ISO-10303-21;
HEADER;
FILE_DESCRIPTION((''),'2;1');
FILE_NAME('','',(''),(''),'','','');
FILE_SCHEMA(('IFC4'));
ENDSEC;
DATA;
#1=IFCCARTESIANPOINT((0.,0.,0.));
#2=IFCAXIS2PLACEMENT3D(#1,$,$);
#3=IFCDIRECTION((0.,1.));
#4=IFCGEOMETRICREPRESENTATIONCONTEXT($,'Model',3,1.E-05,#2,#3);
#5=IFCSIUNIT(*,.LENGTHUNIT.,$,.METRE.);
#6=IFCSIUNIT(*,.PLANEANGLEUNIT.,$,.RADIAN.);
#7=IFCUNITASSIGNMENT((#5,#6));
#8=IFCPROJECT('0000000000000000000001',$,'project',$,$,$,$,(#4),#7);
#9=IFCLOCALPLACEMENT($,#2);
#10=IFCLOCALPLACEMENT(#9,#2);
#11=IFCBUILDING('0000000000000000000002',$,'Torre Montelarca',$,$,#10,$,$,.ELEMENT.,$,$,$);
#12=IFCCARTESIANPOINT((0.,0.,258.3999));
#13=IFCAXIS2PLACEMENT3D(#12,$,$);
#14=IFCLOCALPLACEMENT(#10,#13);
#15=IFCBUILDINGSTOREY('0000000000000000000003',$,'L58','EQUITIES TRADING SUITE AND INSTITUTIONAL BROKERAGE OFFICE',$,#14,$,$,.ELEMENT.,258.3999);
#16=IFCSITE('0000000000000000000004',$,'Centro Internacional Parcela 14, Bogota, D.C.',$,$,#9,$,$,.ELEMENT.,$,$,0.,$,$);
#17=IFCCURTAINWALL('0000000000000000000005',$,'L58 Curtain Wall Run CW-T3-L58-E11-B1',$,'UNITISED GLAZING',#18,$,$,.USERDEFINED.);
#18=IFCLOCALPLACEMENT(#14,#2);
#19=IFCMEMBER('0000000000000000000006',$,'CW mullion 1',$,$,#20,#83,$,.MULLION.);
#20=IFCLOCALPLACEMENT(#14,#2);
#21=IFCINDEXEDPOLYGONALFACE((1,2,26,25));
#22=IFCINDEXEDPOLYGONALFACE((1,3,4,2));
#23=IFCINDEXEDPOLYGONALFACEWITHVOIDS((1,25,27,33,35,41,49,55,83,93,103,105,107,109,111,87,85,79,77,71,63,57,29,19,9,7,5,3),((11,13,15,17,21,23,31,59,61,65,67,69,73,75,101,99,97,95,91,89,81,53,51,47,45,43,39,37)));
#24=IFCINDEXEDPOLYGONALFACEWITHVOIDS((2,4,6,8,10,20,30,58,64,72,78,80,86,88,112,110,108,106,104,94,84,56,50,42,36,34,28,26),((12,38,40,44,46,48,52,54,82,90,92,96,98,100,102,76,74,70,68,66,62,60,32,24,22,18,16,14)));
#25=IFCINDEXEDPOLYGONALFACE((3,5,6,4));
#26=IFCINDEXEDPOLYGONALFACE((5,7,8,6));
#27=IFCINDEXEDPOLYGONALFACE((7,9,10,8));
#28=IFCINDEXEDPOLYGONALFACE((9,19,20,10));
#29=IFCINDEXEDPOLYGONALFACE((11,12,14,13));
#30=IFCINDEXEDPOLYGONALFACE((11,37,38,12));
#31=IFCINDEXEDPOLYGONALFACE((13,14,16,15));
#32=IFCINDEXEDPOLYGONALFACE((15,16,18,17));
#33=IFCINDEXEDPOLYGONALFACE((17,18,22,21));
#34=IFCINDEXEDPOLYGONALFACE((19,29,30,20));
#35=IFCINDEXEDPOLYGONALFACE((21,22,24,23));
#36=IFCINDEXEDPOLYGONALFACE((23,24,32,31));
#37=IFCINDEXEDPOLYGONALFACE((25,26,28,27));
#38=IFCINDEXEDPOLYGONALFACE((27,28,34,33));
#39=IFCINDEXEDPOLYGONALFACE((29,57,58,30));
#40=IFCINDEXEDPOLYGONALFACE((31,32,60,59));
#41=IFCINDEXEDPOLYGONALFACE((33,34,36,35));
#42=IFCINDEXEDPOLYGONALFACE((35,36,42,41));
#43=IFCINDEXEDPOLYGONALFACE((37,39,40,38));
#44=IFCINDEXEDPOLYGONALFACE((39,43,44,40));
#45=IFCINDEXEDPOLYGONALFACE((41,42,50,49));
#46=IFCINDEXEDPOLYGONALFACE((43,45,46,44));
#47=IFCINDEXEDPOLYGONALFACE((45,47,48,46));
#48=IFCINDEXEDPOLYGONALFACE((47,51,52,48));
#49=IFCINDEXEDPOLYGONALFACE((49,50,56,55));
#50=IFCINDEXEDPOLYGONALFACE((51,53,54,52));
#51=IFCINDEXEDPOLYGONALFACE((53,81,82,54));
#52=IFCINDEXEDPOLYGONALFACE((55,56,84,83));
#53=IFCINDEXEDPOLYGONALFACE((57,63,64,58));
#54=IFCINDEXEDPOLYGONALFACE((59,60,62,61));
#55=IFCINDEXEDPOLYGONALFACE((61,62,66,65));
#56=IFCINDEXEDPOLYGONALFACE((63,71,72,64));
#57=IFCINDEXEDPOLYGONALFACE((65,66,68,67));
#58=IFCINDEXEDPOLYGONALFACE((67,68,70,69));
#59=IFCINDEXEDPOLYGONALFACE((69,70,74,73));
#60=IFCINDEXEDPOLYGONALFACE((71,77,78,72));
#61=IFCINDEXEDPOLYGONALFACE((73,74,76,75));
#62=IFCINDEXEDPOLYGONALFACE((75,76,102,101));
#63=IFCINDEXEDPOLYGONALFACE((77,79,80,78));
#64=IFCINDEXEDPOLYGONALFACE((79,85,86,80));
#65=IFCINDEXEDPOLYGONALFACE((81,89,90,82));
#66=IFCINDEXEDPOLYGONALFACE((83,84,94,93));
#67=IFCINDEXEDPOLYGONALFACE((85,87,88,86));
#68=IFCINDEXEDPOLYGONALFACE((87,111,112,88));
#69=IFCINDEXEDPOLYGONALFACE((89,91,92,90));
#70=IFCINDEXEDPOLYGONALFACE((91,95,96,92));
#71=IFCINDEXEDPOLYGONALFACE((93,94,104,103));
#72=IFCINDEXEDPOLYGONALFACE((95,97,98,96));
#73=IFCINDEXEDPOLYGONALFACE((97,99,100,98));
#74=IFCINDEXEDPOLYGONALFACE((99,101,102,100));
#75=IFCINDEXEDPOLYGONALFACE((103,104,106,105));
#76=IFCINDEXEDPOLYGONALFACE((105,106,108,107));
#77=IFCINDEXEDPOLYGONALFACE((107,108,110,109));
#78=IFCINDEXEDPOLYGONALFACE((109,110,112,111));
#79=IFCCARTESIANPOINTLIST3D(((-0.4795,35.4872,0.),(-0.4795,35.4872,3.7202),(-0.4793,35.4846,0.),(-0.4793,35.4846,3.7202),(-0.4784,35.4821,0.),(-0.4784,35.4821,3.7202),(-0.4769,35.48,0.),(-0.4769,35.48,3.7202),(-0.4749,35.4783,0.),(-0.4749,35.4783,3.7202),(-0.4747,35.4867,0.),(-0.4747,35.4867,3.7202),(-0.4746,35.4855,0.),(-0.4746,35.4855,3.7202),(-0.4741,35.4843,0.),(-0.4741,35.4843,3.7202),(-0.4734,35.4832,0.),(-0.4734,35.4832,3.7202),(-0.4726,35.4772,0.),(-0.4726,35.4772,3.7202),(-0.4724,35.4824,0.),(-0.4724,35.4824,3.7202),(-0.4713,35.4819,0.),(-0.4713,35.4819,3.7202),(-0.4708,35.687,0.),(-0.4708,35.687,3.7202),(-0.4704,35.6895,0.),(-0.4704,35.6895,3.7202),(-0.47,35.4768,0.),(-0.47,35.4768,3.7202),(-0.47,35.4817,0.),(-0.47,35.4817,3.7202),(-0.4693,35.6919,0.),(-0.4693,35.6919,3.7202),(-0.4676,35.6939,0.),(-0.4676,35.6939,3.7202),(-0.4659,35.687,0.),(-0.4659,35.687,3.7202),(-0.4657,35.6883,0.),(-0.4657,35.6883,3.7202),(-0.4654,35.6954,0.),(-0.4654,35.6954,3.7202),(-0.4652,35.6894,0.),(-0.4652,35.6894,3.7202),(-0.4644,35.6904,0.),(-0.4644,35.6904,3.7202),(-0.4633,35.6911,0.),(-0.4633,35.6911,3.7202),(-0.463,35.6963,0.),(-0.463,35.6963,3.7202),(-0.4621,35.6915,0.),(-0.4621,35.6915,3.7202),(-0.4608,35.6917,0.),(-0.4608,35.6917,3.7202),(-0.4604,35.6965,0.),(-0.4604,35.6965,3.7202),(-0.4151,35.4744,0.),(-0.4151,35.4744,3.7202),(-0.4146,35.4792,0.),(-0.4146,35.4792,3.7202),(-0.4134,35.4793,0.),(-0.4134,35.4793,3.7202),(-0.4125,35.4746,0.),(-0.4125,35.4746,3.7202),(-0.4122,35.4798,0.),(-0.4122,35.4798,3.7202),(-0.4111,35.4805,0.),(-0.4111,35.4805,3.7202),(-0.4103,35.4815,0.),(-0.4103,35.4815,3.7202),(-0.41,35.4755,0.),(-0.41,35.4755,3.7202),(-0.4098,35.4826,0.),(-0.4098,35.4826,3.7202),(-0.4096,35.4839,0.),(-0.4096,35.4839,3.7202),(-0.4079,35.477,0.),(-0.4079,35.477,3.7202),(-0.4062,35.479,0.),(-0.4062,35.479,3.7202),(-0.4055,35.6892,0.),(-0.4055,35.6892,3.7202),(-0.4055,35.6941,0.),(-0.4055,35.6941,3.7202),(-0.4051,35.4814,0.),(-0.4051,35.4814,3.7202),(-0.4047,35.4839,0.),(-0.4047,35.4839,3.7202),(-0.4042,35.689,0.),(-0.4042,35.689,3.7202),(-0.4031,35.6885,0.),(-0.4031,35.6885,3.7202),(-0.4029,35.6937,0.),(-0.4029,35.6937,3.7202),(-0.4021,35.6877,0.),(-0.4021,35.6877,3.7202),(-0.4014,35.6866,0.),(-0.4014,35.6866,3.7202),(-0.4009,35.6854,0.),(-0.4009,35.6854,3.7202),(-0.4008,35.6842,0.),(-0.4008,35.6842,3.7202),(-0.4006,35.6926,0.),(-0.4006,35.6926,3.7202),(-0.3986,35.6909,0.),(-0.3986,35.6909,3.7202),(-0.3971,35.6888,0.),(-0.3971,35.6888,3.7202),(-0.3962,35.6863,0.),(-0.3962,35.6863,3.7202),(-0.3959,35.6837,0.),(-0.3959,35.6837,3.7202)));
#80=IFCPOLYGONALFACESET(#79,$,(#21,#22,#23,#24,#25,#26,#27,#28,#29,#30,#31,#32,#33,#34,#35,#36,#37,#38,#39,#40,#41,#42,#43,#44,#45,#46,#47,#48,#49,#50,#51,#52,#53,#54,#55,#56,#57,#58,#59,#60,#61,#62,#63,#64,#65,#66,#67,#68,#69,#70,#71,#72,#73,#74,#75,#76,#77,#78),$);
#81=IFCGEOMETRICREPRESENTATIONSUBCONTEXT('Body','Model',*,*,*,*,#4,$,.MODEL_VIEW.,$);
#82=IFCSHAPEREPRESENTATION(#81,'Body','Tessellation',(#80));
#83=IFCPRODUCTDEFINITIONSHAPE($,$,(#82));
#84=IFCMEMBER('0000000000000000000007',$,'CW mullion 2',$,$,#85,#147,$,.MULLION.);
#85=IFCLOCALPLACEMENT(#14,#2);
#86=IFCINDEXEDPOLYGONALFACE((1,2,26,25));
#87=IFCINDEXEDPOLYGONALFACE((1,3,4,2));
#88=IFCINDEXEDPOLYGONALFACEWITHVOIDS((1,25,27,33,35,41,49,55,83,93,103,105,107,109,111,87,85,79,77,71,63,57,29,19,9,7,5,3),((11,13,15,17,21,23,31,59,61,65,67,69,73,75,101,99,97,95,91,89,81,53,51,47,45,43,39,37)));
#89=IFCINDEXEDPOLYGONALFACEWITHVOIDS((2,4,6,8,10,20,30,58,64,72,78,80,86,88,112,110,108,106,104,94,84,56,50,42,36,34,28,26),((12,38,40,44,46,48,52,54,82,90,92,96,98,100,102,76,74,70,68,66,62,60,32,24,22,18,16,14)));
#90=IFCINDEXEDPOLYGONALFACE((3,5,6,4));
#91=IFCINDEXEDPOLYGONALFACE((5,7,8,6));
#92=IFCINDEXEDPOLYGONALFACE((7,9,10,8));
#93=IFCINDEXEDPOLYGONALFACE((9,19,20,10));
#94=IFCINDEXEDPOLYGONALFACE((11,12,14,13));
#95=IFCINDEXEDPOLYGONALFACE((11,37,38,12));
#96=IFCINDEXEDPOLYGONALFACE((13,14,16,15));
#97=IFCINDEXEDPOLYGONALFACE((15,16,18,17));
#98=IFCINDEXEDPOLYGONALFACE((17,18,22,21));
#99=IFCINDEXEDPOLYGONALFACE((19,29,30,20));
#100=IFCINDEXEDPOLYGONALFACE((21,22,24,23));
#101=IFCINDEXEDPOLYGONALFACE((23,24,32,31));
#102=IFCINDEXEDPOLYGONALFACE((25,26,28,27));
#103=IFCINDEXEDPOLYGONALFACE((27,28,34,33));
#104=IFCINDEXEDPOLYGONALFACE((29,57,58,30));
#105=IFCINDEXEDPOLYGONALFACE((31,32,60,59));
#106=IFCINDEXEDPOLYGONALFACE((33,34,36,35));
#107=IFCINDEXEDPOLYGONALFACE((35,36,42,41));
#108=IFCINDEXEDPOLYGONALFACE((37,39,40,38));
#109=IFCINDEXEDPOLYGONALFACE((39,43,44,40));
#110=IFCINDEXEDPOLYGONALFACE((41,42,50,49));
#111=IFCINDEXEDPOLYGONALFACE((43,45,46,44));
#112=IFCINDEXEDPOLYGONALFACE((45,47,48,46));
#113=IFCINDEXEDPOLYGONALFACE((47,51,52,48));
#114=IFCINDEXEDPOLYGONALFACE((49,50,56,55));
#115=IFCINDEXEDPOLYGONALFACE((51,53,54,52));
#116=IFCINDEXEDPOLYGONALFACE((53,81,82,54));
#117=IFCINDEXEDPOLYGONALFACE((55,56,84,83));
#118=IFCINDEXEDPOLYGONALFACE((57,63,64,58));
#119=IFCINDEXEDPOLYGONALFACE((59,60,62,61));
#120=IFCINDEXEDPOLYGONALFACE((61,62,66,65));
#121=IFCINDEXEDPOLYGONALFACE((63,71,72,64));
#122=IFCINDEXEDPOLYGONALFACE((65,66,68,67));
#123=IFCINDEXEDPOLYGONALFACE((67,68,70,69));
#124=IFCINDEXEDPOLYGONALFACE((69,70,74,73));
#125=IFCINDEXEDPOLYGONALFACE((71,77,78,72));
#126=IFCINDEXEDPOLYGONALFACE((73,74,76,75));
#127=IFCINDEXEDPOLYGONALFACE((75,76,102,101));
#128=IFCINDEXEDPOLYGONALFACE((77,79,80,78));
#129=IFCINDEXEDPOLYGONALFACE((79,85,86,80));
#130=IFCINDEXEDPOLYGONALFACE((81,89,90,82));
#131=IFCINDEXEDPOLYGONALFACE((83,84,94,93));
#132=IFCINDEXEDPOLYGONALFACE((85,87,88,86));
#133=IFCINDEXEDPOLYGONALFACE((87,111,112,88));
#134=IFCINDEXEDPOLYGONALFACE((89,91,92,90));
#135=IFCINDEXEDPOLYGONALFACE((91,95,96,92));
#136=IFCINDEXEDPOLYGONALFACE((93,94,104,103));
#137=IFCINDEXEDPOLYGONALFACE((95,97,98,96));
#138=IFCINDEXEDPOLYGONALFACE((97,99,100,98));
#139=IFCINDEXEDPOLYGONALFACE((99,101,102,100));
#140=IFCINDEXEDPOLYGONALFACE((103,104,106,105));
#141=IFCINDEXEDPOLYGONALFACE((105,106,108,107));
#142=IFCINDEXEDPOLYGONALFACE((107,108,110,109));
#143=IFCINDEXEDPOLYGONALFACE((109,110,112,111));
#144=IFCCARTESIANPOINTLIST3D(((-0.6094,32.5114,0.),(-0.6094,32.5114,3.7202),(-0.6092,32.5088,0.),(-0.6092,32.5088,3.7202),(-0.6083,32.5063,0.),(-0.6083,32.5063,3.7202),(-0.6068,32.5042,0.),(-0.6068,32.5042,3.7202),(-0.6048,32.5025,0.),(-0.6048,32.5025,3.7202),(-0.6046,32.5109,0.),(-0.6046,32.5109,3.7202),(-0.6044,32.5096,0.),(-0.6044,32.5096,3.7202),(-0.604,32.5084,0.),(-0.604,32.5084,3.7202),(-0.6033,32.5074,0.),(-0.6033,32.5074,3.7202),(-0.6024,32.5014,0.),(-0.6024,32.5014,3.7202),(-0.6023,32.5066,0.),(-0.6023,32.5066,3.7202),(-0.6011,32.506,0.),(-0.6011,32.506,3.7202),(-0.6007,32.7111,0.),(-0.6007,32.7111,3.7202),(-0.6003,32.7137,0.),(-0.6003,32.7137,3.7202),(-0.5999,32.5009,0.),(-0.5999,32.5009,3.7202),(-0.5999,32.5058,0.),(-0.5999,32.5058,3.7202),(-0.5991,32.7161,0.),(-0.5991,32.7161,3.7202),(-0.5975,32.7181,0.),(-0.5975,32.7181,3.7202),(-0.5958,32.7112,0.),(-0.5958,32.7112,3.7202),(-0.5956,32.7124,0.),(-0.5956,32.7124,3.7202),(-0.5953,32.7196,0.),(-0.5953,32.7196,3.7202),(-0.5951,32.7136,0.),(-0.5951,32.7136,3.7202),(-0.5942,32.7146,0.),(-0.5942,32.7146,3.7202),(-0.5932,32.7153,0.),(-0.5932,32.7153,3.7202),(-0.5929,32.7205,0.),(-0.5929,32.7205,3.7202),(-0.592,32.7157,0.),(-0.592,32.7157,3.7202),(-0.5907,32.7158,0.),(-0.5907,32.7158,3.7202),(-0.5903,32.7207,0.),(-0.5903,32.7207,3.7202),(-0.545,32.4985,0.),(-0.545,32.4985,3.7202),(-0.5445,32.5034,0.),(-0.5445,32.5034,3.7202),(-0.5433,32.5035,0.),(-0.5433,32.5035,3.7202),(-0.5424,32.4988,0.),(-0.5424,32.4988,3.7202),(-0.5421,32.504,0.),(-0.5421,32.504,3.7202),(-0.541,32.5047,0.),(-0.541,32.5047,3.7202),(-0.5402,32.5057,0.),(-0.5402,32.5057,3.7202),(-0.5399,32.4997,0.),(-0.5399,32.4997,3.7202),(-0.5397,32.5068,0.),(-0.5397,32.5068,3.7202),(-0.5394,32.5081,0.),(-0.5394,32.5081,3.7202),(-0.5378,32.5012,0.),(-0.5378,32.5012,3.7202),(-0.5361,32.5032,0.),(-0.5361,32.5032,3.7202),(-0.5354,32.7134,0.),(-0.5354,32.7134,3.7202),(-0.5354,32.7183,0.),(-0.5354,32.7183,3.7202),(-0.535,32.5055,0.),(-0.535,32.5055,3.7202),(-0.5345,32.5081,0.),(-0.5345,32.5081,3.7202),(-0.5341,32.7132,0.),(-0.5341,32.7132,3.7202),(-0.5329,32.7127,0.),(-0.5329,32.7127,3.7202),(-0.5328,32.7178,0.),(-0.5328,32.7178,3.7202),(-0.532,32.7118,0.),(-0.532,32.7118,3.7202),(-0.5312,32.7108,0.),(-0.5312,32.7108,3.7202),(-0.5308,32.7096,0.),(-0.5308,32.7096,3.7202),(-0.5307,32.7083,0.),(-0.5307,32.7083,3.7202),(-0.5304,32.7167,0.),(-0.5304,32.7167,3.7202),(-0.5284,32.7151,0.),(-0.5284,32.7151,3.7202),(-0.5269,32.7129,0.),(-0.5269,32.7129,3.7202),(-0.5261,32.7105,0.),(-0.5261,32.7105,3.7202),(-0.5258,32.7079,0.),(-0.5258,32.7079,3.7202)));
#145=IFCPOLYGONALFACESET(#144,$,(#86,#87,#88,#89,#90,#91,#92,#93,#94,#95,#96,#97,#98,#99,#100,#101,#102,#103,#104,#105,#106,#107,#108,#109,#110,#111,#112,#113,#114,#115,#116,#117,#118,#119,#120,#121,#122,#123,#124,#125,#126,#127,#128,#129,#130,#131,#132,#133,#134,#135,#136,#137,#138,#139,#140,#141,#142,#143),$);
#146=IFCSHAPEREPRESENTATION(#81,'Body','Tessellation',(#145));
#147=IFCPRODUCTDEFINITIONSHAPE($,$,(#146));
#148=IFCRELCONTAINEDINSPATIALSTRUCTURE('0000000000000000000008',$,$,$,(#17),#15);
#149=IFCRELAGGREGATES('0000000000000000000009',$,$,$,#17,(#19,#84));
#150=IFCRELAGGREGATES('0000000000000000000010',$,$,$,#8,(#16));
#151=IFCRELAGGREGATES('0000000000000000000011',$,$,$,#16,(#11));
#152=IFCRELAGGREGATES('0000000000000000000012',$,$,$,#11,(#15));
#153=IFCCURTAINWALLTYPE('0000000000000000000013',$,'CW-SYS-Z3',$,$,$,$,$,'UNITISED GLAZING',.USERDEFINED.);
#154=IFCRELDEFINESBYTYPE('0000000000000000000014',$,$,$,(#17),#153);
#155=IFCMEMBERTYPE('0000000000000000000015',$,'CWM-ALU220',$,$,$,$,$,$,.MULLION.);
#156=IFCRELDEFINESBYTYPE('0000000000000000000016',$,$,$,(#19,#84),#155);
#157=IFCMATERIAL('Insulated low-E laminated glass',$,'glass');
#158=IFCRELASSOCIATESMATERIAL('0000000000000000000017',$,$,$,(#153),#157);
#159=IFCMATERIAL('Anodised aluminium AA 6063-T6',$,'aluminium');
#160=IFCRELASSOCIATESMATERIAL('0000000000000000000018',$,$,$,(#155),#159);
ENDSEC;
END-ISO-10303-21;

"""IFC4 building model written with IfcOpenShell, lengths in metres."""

from ifc_helpers import new_model, si_unit, direction, frame, origin, origin_2d, place, context, subcontext, project, spatial, hollow_rectangle, extrude, source, transform, mapped, material, material_profile, profile_set, type_object, element, aggregate, save


model = new_model("IFC4")

# Units and contexts
model_context = context("Model", 3, precision=1e-05, world=origin(), true_north=direction((0.0, 1.0)))
body_context = subcontext(model_context, "Body", "Model", "MODEL_VIEW")
ifc_project = project(units=[si_unit("LENGTHUNIT", "METRE"), si_unit("PLANEANGLEUNIT", "RADIAN")], contexts=[model_context])

# Site, building, storey
site_placement = place(None, origin())
site = spatial("IfcSite", under=ifc_project, at=site_placement, Name="Centro Internacional Parcela 14, Bogota, D.C.", CompositionType="ELEMENT", RefElevation=0.0)
building_placement = place(site_placement, origin())
building = spatial("IfcBuilding", under=site, at=building_placement, Name="Torre Montelarca", CompositionType="ELEMENT")
storey_placement = place(building_placement, frame((0.0, 0.0, 258.3999)))
storey = spatial("IfcBuildingStorey", under=building, at=storey_placement, Name="L58", Description="EQUITIES TRADING SUITE AND INSTITUTIONAL BROKERAGE OFFICE", CompositionType="ELEMENT", Elevation=258.3999)

# Curtain wall, members
ifc_material_1 = material(Name="Insulated low-E laminated glass", Category="glass")
curtain_wall_type = type_object("IfcCurtainWallType", Name="CW-SYS-Z3", ElementType="UNITISED GLAZING", PredefinedType="USERDEFINED", material=ifc_material_1)
curtain_wall_placement = place(storey_placement, origin())
curtain_wall = element("IfcCurtainWall", 1, at=curtain_wall_placement, inside=storey, type_object=curtain_wall_type, Name="L58 Curtain Wall Run CW-T3-L58-E11-B1", ObjectType="UNITISED GLAZING", PredefinedType="USERDEFINED")
ifc_material_2 = material(Name="Anodised aluminium AA 6063-T6", Category="aluminium")
ifc_material_profile_1 = material_profile(ifc_material_2, hollow_rectangle(XDim=0.075, YDim=0.22, WallThickness=0.0049, InnerFilletRadius=0.0049, OuterFilletRadius=0.01, at=origin_2d()), Name="ALU75X220X5", Category="aluminium")
ifc_profile_set_1 = profile_set([ifc_material_profile_1], Name="Anodised aluminium AA 6063-T6")
member_type_1 = type_object("IfcMemberType", Name="CWM-ALU220", PredefinedType="MULLION", material=ifc_profile_set_1)
shared_shape_1 = source(origin(), body_context, "Body", "SweptSolid", [
    extrude(hollow_rectangle(XDim=0.075, YDim=0.22, WallThickness=0.0049, InnerFilletRadius=0.0049, OuterFilletRadius=0.01, at=origin_2d()), origin(), (0.0, 0.0, 1.0), 3.7202),
])
member_1_placement = place(storey_placement, frame((-0.4377, 35.5854, 0.0), z_axis=(0.0, 0.0, 1.0), x_axis=(0.999048, -0.043616, 0.0)))
member_1 = element("IfcMember", 2, at=member_1_placement, type_object=member_type_1, Name="CW mullion 1", PredefinedType="MULLION", context=body_context, shape_type="MappedRepresentation", body=[
    mapped(shared_shape_1, transform((0.0, 0.0, 0.0), scale=1.0)),
])
member_2_placement = place(storey_placement, frame((-0.5676, 32.6096, 0.0), z_axis=(0.0, 0.0, 1.0), x_axis=(0.999048, -0.043616, 0.0)))
member_2 = element("IfcMember", 3, at=member_2_placement, type_object=member_type_1, Name="CW mullion 2", PredefinedType="MULLION", context=body_context, shape_type="MappedRepresentation", body=[
    mapped(shared_shape_1, transform((0.0, 0.0, 0.0), scale=1.0)),
])
aggregate(curtain_wall, [member_1, member_2])

save(model, "model.ifc")
